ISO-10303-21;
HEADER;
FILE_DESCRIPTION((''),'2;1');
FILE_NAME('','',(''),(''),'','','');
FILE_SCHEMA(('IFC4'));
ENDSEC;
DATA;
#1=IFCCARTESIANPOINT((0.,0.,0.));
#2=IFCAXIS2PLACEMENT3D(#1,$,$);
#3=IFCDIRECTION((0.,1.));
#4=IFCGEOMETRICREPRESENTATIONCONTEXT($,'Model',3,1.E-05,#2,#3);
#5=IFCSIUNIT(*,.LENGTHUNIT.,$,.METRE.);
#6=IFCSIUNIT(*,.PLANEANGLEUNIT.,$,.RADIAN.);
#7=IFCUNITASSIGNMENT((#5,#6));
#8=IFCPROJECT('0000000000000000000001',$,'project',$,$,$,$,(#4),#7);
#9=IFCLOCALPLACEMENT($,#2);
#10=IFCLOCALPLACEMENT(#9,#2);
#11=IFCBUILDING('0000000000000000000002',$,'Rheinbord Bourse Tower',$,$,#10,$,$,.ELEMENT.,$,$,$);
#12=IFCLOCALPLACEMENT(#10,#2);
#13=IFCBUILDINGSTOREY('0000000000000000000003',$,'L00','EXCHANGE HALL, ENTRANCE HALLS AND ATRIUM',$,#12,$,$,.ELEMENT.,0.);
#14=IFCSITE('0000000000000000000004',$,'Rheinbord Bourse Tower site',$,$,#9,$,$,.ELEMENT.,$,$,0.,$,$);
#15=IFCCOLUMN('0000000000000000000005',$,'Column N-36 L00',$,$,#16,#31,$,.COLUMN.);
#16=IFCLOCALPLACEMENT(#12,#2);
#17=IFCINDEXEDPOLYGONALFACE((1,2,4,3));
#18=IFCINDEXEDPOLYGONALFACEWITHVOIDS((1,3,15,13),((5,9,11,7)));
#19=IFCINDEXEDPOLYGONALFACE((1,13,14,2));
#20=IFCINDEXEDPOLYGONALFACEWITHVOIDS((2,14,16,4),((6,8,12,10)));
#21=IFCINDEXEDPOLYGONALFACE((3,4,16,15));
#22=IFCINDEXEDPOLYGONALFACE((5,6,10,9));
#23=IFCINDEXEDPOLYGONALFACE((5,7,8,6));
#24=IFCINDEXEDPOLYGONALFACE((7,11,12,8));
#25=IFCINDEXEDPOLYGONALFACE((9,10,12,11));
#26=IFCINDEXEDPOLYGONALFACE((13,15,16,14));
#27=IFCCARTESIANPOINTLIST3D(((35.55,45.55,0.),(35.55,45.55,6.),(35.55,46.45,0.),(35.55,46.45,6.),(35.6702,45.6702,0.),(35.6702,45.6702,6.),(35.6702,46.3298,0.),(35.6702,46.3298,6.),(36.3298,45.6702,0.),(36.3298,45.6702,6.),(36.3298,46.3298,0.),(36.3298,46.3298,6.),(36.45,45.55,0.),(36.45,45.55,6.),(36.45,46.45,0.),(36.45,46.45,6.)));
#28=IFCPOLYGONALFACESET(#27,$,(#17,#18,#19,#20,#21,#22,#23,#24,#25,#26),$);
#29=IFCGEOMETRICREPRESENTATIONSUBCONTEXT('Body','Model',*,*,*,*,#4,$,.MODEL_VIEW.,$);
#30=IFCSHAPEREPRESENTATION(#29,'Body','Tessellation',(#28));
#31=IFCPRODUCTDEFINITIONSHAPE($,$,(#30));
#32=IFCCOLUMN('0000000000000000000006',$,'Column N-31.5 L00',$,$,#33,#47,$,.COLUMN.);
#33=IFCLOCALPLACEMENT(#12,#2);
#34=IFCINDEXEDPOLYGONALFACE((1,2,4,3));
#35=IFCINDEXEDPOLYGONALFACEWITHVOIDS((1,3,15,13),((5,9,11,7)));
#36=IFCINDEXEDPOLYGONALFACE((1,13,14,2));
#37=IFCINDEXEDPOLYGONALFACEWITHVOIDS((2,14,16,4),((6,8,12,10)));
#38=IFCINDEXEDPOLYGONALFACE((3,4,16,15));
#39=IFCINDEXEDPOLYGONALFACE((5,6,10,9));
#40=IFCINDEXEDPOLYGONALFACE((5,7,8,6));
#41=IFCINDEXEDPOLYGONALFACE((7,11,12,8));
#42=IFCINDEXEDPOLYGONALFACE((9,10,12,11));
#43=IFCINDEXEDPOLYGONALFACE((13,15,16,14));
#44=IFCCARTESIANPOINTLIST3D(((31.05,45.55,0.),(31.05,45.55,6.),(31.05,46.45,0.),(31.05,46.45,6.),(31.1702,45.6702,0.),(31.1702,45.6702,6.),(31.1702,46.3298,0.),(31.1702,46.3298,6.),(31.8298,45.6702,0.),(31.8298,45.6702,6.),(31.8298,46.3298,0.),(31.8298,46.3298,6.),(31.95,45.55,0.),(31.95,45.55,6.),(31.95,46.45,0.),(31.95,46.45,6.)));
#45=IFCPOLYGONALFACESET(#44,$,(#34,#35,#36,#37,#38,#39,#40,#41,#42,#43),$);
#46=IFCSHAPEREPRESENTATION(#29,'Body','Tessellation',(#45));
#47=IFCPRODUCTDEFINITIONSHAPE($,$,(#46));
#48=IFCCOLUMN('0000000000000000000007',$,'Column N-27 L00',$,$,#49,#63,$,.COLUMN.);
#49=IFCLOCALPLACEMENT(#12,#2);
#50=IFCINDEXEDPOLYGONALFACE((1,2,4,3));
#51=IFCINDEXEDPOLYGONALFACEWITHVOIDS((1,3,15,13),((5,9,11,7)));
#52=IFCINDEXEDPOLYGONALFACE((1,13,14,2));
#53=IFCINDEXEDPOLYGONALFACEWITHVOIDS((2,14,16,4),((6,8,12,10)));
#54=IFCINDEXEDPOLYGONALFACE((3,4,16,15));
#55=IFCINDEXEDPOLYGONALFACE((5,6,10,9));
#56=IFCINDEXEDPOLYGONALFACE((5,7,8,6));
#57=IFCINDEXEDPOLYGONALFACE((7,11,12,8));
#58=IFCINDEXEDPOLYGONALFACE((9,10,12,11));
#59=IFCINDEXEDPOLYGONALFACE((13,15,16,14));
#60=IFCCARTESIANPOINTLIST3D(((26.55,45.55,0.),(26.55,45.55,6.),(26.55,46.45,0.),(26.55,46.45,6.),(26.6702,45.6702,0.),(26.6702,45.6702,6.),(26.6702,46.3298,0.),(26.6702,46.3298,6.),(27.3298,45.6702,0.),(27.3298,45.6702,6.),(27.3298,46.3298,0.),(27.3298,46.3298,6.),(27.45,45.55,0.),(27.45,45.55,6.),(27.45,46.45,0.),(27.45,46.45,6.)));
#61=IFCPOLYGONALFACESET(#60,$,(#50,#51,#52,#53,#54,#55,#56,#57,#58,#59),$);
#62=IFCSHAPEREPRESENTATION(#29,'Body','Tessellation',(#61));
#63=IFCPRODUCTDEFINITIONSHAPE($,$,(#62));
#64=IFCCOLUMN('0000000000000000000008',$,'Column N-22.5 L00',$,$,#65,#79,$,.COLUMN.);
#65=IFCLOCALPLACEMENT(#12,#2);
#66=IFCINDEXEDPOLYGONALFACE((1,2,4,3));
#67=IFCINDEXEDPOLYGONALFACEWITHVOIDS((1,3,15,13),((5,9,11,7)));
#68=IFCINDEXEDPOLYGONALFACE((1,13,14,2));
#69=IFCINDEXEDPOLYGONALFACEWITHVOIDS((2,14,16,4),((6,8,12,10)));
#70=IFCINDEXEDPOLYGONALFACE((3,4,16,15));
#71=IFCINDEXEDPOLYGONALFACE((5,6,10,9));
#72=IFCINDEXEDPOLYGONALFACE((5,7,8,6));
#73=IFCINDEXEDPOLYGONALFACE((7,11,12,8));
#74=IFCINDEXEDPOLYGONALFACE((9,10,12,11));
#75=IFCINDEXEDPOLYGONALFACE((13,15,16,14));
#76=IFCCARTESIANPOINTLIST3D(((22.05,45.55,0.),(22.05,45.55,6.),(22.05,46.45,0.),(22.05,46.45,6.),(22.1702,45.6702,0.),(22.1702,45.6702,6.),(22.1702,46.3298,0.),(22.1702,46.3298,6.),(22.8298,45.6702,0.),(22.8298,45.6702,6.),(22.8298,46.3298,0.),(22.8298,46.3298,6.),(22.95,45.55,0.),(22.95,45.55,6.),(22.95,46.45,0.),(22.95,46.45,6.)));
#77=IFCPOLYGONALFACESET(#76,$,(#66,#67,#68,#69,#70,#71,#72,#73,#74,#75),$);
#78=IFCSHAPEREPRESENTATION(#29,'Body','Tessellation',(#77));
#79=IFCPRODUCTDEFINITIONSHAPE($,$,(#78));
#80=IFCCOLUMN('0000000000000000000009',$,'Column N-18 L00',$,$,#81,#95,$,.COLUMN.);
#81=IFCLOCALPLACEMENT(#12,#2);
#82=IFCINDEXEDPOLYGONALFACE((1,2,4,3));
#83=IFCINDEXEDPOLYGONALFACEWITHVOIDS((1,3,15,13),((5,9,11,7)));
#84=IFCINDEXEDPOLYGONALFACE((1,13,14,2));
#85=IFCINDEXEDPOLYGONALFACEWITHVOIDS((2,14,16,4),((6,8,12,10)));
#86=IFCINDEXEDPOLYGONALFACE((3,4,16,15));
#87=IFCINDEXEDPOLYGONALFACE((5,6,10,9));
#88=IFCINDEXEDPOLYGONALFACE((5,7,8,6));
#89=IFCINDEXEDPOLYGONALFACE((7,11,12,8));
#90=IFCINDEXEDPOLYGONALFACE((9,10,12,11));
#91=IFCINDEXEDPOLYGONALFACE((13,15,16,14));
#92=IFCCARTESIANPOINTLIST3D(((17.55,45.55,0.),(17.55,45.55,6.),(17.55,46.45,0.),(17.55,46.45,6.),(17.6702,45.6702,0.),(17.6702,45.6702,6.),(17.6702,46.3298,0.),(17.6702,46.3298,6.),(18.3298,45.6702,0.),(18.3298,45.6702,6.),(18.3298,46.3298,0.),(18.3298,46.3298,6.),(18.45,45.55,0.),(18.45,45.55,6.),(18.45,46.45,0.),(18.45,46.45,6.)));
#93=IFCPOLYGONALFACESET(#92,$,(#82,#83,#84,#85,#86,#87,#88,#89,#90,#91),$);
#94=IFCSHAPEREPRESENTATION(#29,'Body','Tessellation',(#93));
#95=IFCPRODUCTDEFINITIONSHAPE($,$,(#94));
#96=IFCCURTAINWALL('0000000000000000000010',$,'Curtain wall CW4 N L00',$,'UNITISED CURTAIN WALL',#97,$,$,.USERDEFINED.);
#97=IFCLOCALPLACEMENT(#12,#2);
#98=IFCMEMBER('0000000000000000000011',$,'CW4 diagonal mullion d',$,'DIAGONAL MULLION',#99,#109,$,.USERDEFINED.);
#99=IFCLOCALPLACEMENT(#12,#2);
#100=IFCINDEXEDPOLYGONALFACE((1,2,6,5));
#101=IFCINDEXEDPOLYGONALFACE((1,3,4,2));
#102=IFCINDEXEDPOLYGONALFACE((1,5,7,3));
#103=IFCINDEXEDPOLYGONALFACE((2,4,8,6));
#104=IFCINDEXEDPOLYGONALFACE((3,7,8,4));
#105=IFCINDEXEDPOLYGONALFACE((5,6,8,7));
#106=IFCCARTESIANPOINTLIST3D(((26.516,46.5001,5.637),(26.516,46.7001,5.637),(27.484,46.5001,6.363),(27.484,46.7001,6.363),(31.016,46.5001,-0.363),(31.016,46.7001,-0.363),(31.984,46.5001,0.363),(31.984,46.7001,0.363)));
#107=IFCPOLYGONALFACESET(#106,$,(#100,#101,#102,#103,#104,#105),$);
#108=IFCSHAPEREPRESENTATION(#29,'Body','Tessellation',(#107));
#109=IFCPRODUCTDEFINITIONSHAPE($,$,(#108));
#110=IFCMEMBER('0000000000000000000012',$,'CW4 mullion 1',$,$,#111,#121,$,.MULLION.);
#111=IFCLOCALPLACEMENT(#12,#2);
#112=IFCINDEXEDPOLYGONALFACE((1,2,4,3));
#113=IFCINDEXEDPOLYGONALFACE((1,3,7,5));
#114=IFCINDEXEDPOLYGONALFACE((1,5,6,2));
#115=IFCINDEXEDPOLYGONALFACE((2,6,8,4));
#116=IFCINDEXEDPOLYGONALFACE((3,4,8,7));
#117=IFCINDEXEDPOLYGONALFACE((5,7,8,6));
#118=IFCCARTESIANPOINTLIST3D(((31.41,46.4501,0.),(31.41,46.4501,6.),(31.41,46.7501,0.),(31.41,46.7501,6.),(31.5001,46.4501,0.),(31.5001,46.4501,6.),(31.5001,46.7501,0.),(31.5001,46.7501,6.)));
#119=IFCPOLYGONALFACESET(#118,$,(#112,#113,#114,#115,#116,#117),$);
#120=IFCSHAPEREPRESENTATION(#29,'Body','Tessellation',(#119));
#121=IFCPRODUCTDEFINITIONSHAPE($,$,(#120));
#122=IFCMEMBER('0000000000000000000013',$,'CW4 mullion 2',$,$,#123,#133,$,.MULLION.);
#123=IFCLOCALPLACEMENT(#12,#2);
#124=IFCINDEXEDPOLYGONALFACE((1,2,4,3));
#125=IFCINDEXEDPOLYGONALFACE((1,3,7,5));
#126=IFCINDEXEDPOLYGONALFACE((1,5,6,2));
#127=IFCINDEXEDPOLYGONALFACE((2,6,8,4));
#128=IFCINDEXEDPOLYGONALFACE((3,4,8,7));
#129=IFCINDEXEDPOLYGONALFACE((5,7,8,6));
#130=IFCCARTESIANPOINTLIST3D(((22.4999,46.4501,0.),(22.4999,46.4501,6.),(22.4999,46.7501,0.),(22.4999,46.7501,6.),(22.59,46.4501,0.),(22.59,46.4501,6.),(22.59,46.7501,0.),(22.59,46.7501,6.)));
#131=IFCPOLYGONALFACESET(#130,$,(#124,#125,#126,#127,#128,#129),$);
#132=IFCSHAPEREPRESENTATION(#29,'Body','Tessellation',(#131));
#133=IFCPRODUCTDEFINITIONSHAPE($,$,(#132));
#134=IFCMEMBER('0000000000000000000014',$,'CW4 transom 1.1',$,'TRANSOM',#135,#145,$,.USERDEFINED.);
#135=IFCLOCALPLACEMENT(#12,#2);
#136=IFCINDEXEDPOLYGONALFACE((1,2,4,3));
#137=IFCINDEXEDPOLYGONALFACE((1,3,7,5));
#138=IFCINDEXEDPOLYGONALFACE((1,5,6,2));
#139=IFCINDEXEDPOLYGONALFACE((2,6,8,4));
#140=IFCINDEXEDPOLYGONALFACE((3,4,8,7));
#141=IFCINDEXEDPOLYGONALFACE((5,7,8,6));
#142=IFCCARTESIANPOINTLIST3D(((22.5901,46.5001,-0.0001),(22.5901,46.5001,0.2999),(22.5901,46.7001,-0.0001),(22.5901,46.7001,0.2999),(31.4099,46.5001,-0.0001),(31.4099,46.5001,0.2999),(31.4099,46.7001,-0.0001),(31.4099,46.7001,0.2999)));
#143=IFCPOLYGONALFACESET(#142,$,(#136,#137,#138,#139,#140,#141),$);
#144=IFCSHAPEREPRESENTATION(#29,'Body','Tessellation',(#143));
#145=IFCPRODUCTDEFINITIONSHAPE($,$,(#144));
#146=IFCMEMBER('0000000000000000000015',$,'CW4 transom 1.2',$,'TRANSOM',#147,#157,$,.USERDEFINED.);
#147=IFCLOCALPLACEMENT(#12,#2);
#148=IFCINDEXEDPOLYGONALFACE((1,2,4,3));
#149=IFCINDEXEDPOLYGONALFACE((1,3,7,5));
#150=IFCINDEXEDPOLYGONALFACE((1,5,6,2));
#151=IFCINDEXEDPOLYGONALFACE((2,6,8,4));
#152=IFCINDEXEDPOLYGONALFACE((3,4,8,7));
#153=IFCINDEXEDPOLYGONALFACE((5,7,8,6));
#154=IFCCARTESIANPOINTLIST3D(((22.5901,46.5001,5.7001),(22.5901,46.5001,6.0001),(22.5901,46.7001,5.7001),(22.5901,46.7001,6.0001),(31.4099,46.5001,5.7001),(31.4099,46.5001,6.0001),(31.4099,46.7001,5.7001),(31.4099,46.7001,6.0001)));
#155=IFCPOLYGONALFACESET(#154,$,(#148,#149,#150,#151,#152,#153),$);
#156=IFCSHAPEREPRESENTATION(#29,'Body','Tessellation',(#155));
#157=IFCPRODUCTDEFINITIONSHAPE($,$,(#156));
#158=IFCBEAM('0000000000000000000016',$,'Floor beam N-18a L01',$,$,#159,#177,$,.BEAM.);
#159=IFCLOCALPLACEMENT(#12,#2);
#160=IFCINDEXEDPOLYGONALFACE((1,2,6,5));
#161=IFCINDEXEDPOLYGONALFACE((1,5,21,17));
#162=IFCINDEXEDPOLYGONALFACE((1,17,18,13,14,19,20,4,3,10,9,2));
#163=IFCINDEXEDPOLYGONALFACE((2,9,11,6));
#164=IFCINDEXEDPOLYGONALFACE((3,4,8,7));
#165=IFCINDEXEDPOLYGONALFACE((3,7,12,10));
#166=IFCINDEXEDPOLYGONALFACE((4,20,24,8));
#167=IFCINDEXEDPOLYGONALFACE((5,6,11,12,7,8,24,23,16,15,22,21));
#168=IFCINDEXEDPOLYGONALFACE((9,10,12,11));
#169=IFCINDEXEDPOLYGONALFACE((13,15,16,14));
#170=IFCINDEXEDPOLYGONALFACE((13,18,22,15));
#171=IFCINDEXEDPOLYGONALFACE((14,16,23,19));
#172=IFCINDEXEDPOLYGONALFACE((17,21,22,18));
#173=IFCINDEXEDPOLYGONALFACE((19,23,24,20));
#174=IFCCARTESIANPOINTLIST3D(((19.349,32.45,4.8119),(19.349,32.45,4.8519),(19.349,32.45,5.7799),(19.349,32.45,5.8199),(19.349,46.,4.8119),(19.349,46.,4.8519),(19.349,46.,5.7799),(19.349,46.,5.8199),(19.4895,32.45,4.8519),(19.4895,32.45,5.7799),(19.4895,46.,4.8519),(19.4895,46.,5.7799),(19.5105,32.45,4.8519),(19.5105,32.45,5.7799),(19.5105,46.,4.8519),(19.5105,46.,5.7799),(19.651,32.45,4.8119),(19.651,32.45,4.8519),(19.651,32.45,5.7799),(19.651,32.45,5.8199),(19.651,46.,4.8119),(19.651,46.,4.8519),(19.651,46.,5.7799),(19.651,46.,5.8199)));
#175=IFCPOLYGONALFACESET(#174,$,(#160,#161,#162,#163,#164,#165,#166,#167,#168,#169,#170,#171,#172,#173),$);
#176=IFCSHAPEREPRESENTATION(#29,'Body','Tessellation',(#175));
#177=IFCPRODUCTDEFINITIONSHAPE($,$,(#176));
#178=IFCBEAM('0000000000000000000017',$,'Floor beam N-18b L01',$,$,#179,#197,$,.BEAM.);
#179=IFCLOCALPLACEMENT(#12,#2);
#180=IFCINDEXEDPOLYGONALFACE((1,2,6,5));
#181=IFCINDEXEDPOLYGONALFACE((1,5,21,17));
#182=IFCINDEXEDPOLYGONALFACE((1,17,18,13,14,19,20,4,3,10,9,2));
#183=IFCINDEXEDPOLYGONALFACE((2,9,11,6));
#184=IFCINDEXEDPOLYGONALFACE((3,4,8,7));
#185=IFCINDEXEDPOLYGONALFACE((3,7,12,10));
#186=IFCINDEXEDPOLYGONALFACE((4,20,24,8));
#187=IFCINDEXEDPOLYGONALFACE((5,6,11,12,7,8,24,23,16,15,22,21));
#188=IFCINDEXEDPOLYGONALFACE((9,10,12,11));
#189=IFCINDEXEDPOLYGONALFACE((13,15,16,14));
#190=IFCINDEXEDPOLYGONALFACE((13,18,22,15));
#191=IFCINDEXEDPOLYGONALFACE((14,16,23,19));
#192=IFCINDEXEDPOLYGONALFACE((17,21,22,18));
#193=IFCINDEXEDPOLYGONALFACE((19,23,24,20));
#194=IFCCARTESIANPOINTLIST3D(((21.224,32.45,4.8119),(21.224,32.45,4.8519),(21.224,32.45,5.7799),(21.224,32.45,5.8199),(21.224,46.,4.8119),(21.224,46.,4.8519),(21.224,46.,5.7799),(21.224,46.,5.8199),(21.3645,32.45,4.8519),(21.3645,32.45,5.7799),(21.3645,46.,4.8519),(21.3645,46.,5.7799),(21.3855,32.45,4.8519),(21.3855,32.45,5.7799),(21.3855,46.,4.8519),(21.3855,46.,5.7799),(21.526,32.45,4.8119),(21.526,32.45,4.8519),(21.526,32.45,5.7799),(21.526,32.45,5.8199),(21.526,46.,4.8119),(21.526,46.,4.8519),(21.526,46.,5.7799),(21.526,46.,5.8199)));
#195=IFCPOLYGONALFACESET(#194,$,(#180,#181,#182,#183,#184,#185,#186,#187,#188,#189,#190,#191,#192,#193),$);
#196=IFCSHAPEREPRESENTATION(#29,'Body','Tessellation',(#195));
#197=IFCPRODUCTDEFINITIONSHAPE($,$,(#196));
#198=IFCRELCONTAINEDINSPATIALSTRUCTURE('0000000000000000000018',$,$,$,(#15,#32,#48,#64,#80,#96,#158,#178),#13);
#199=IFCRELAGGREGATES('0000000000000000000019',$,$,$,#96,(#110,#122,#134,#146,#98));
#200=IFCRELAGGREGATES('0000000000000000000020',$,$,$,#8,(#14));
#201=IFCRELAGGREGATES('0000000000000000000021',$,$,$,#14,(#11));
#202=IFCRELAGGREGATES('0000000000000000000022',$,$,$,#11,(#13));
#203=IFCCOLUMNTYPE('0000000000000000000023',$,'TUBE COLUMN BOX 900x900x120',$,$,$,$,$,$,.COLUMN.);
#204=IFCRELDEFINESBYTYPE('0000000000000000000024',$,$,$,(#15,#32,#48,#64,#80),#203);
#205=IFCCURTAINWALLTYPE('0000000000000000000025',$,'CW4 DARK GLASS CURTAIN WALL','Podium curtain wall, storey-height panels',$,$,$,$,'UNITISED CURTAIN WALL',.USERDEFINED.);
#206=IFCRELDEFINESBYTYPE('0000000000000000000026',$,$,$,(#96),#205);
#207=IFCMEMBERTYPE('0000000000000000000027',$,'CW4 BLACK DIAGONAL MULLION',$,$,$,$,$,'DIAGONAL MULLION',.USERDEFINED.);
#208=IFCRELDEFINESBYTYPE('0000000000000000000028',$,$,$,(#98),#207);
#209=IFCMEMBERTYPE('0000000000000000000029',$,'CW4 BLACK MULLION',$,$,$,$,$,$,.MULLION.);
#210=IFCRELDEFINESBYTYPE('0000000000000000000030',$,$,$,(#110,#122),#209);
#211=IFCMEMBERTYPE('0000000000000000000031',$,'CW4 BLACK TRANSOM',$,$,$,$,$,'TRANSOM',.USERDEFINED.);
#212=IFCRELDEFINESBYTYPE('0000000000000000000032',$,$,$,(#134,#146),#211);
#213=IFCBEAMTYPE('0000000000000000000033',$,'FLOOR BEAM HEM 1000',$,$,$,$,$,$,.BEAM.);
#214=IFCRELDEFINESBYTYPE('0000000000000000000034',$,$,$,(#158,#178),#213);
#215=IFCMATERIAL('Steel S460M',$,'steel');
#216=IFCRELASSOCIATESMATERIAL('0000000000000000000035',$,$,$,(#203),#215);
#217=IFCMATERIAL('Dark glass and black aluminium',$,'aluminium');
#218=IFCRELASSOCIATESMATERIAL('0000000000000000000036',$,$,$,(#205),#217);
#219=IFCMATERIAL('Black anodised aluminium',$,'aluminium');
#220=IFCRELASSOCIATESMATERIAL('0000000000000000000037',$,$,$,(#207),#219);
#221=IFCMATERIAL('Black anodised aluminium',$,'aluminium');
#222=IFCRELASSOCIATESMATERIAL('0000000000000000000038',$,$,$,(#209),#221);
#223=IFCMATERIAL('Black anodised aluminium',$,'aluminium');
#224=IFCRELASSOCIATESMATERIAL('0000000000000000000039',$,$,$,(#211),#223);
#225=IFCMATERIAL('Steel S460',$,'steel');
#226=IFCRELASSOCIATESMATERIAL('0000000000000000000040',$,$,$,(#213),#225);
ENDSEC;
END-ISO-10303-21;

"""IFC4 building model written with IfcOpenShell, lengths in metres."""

from ifc_helpers import new_model, si_unit, direction, frame, origin, origin_2d, place, context, subcontext, project, spatial, rectangle, hollow_rectangle, i_section, extrude, material, material_profile, profile_set, type_object, element, aggregate, save


model = new_model("IFC4")

# Units and contexts
model_context = context("Model", 3, precision=1e-05, world=origin(), true_north=direction((0.0, 1.0)))
body_context = subcontext(model_context, "Body", "Model", "MODEL_VIEW")
ifc_project = project(units=[si_unit("LENGTHUNIT", "METRE"), si_unit("PLANEANGLEUNIT", "RADIAN")], contexts=[model_context])

# Site, building, storey
site_placement = place(None, origin())
site = spatial("IfcSite", under=ifc_project, at=site_placement, Name="Rheinbord Bourse Tower site", CompositionType="ELEMENT", RefElevation=0.0)
building_placement = place(site_placement, origin())
building = spatial("IfcBuilding", under=site, at=building_placement, Name="Rheinbord Bourse Tower", CompositionType="ELEMENT")
storey_placement = place(building_placement, origin())
storey = spatial("IfcBuildingStorey", under=building, at=storey_placement, Name="L00", Description="EXCHANGE HALL, ENTRANCE HALLS AND ATRIUM", CompositionType="ELEMENT", Elevation=0.0)

# Columns
ifc_material_1 = material(Name="Steel S460M", Category="steel")
ifc_material_profile_1 = material_profile(ifc_material_1, hollow_rectangle(XDim=0.8999, YDim=0.8999, WallThickness=0.1201, at=origin_2d()), Name="BOX 900x900x120")
ifc_profile_set_1 = profile_set([ifc_material_profile_1], Name="Steel S460M")
column_type = type_object("IfcColumnType", Name="TUBE COLUMN BOX 900x900x120", PredefinedType="COLUMN", material=ifc_profile_set_1)
for number, where, z_axis, x_axis, name in (
    (1, (36.0, 46.0, 0.0), (0.0, 0.0, 1.0), (0.0, 1.0, 0.0), "Column N-36 L00"),
    (2, (31.5, 46.0, 0.0), (0.0, 0.0, 1.0), (0.0, 1.0, 0.0), "Column N-31.5 L00"),
    (3, (27.0, 46.0, 0.0), (0.0, 0.0, 1.0), (0.0, 1.0, 0.0), "Column N-27 L00"),
    (4, (22.5, 46.0, 0.0), (0.0, 0.0, 1.0), (0.0, 1.0, 0.0), "Column N-22.5 L00"),
    (5, (18.0, 46.0, 0.0), (0.0, 0.0, 1.0), (0.0, 1.0, 0.0), "Column N-18 L00"),
):
    element("IfcColumn", number, at=place(storey_placement, frame(where, z_axis=z_axis, x_axis=x_axis)), inside=storey, type_object=column_type, Name=name, PredefinedType="COLUMN", context=body_context, shape_type="SweptSolid", body=[
        extrude(hollow_rectangle(XDim=0.8999, YDim=0.8999, WallThickness=0.1201, at=origin_2d()), origin(), (0.0, 0.0, 1.0), 6.0),
    ])

# Curtain wall, members
ifc_material_2 = material(Name="Dark glass and black aluminium", Category="aluminium")
curtain_wall_type = type_object("IfcCurtainWallType", Name="CW4 DARK GLASS CURTAIN WALL", Description="Podium curtain wall, storey-height panels", ElementType="UNITISED CURTAIN WALL", PredefinedType="USERDEFINED", material=ifc_material_2)
curtain_wall_placement = place(storey_placement, origin())
curtain_wall = element("IfcCurtainWall", 6, at=curtain_wall_placement, inside=storey, type_object=curtain_wall_type, Name="Curtain wall CW4 N L00", ObjectType="UNITISED CURTAIN WALL", PredefinedType="USERDEFINED")
ifc_material_3 = material(Name="Black anodised aluminium", Category="aluminium")
ifc_material_profile_2 = material_profile(ifc_material_3, rectangle(XDim=0.2, YDim=1.21, at=origin_2d()), Name="CW4 DIAGONAL MULLION 1210x200")
ifc_profile_set_2 = profile_set([ifc_material_profile_2], Name="Black anodised aluminium")
member_type_1 = type_object("IfcMemberType", Name="CW4 BLACK DIAGONAL MULLION", ElementType="DIAGONAL MULLION", PredefinedType="USERDEFINED", material=ifc_profile_set_2)
member_1_placement = place(storey_placement, frame((31.5, 46.6001, 0.0), z_axis=(-0.6, 0.0, 0.8), x_axis=(0.0, -1.0, 0.0)))
member_1 = element("IfcMember", 7, at=member_1_placement, type_object=member_type_1, Name="CW4 diagonal mullion d", ObjectType="DIAGONAL MULLION", PredefinedType="USERDEFINED", context=body_context, shape_type="SweptSolid", body=[
    extrude(rectangle(XDim=0.2, YDim=1.21, at=origin_2d()), origin(), (0.0, 0.0, 1.0), 7.5),
])
ifc_material_4 = material(Name="Black anodised aluminium", Category="aluminium")
ifc_material_profile_3 = material_profile(ifc_material_4, rectangle(XDim=0.3, YDim=0.0901, at=origin_2d()), Name="CW4 MULLION 90x300")
ifc_profile_set_3 = profile_set([ifc_material_profile_3], Name="Black anodised aluminium")
member_type_2 = type_object("IfcMemberType", Name="CW4 BLACK MULLION", PredefinedType="MULLION", material=ifc_profile_set_3)
member_2_placement = place(storey_placement, frame((31.4551, 46.6001, 0.0), z_axis=(0.0, 0.0, 1.0), x_axis=(0.0, -1.0, 0.0)))
member_2 = element("IfcMember", 8, at=member_2_placement, type_object=member_type_2, Name="CW4 mullion 1", PredefinedType="MULLION", context=body_context, shape_type="SweptSolid", body=[
    extrude(rectangle(XDim=0.3, YDim=0.0901, at=origin_2d()), origin(), (0.0, 0.0, 1.0), 6.0),
])
member_3_placement = place(storey_placement, frame((22.5449, 46.6001, 0.0), z_axis=(0.0, 0.0, 1.0), x_axis=(0.0, -1.0, 0.0)))
member_3 = element("IfcMember", 9, at=member_3_placement, type_object=member_type_2, Name="CW4 mullion 2", PredefinedType="MULLION", context=body_context, shape_type="SweptSolid", body=[
    extrude(rectangle(XDim=0.3, YDim=0.0901, at=origin_2d()), origin(), (0.0, 0.0, 1.0), 6.0),
])
ifc_material_5 = material(Name="Black anodised aluminium", Category="aluminium")
ifc_material_profile_4 = material_profile(ifc_material_5, rectangle(XDim=0.2, YDim=0.3, at=origin_2d()), Name="CW4 TRANSOM 300x200")
ifc_profile_set_4 = profile_set([ifc_material_profile_4], Name="Black anodised aluminium")
member_type_3 = type_object("IfcMemberType", Name="CW4 BLACK TRANSOM", ElementType="TRANSOM", PredefinedType="USERDEFINED", material=ifc_profile_set_4)
member_4_placement = place(storey_placement, frame((31.4099, 46.6001, 0.1499), z_axis=(-1.0, 0.0, 0.0), x_axis=(0.0, -1.0, 0.0)))
member_4 = element("IfcMember", 10, at=member_4_placement, type_object=member_type_3, Name="CW4 transom 1.1", ObjectType="TRANSOM", PredefinedType="USERDEFINED", context=body_context, shape_type="SweptSolid", body=[
    extrude(rectangle(XDim=0.2, YDim=0.3, at=origin_2d()), origin(), (0.0, 0.0, 1.0), 8.8198),
])
member_5_placement = place(storey_placement, frame((31.4099, 46.6001, 5.8501), z_axis=(-1.0, 0.0, 0.0), x_axis=(0.0, -1.0, 0.0)))
member_5 = element("IfcMember", 11, at=member_5_placement, type_object=member_type_3, Name="CW4 transom 1.2", ObjectType="TRANSOM", PredefinedType="USERDEFINED", context=body_context, shape_type="SweptSolid", body=[
    extrude(rectangle(XDim=0.2, YDim=0.3, at=origin_2d()), origin(), (0.0, 0.0, 1.0), 8.8198),
])

# Beams
ifc_material_6 = material(Name="Steel S460", Category="steel")
ifc_material_profile_5 = material_profile(ifc_material_6, i_section(OverallWidth=0.302, OverallDepth=1.0081, WebThickness=0.021, FlangeThickness=0.04, at=origin_2d()), Name="HEM 1000")
ifc_profile_set_5 = profile_set([ifc_material_profile_5], Name="Steel S460")
beam_type_1 = type_object("IfcBeamType", Name="FLOOR BEAM HEM 1000", PredefinedType="BEAM", material=ifc_profile_set_5)
for number, where, z_axis, x_axis, name in (
    (12, (19.5, 46.0, 5.3159), (0.0, -1.0, 0.0), (1.0, 0.0, 0.0), "Floor beam N-18a L01"),
    (13, (21.375, 46.0, 5.3159), (0.0, -1.0, 0.0), (1.0, 0.0, 0.0), "Floor beam N-18b L01"),
):
    element("IfcBeam", number, at=place(storey_placement, frame(where, z_axis=z_axis, x_axis=x_axis)), inside=storey, type_object=beam_type_1, Name=name, PredefinedType="BEAM", context=body_context, shape_type="SweptSolid", body=[
        extrude(i_section(OverallWidth=0.302, OverallDepth=1.0081, WebThickness=0.021, FlangeThickness=0.04, at=origin_2d()), origin(), (0.0, 0.0, 1.0), 13.55),
    ])

aggregate(curtain_wall, [member_2, member_3, member_4, member_5, member_1])

save(model, "model.ifc")
